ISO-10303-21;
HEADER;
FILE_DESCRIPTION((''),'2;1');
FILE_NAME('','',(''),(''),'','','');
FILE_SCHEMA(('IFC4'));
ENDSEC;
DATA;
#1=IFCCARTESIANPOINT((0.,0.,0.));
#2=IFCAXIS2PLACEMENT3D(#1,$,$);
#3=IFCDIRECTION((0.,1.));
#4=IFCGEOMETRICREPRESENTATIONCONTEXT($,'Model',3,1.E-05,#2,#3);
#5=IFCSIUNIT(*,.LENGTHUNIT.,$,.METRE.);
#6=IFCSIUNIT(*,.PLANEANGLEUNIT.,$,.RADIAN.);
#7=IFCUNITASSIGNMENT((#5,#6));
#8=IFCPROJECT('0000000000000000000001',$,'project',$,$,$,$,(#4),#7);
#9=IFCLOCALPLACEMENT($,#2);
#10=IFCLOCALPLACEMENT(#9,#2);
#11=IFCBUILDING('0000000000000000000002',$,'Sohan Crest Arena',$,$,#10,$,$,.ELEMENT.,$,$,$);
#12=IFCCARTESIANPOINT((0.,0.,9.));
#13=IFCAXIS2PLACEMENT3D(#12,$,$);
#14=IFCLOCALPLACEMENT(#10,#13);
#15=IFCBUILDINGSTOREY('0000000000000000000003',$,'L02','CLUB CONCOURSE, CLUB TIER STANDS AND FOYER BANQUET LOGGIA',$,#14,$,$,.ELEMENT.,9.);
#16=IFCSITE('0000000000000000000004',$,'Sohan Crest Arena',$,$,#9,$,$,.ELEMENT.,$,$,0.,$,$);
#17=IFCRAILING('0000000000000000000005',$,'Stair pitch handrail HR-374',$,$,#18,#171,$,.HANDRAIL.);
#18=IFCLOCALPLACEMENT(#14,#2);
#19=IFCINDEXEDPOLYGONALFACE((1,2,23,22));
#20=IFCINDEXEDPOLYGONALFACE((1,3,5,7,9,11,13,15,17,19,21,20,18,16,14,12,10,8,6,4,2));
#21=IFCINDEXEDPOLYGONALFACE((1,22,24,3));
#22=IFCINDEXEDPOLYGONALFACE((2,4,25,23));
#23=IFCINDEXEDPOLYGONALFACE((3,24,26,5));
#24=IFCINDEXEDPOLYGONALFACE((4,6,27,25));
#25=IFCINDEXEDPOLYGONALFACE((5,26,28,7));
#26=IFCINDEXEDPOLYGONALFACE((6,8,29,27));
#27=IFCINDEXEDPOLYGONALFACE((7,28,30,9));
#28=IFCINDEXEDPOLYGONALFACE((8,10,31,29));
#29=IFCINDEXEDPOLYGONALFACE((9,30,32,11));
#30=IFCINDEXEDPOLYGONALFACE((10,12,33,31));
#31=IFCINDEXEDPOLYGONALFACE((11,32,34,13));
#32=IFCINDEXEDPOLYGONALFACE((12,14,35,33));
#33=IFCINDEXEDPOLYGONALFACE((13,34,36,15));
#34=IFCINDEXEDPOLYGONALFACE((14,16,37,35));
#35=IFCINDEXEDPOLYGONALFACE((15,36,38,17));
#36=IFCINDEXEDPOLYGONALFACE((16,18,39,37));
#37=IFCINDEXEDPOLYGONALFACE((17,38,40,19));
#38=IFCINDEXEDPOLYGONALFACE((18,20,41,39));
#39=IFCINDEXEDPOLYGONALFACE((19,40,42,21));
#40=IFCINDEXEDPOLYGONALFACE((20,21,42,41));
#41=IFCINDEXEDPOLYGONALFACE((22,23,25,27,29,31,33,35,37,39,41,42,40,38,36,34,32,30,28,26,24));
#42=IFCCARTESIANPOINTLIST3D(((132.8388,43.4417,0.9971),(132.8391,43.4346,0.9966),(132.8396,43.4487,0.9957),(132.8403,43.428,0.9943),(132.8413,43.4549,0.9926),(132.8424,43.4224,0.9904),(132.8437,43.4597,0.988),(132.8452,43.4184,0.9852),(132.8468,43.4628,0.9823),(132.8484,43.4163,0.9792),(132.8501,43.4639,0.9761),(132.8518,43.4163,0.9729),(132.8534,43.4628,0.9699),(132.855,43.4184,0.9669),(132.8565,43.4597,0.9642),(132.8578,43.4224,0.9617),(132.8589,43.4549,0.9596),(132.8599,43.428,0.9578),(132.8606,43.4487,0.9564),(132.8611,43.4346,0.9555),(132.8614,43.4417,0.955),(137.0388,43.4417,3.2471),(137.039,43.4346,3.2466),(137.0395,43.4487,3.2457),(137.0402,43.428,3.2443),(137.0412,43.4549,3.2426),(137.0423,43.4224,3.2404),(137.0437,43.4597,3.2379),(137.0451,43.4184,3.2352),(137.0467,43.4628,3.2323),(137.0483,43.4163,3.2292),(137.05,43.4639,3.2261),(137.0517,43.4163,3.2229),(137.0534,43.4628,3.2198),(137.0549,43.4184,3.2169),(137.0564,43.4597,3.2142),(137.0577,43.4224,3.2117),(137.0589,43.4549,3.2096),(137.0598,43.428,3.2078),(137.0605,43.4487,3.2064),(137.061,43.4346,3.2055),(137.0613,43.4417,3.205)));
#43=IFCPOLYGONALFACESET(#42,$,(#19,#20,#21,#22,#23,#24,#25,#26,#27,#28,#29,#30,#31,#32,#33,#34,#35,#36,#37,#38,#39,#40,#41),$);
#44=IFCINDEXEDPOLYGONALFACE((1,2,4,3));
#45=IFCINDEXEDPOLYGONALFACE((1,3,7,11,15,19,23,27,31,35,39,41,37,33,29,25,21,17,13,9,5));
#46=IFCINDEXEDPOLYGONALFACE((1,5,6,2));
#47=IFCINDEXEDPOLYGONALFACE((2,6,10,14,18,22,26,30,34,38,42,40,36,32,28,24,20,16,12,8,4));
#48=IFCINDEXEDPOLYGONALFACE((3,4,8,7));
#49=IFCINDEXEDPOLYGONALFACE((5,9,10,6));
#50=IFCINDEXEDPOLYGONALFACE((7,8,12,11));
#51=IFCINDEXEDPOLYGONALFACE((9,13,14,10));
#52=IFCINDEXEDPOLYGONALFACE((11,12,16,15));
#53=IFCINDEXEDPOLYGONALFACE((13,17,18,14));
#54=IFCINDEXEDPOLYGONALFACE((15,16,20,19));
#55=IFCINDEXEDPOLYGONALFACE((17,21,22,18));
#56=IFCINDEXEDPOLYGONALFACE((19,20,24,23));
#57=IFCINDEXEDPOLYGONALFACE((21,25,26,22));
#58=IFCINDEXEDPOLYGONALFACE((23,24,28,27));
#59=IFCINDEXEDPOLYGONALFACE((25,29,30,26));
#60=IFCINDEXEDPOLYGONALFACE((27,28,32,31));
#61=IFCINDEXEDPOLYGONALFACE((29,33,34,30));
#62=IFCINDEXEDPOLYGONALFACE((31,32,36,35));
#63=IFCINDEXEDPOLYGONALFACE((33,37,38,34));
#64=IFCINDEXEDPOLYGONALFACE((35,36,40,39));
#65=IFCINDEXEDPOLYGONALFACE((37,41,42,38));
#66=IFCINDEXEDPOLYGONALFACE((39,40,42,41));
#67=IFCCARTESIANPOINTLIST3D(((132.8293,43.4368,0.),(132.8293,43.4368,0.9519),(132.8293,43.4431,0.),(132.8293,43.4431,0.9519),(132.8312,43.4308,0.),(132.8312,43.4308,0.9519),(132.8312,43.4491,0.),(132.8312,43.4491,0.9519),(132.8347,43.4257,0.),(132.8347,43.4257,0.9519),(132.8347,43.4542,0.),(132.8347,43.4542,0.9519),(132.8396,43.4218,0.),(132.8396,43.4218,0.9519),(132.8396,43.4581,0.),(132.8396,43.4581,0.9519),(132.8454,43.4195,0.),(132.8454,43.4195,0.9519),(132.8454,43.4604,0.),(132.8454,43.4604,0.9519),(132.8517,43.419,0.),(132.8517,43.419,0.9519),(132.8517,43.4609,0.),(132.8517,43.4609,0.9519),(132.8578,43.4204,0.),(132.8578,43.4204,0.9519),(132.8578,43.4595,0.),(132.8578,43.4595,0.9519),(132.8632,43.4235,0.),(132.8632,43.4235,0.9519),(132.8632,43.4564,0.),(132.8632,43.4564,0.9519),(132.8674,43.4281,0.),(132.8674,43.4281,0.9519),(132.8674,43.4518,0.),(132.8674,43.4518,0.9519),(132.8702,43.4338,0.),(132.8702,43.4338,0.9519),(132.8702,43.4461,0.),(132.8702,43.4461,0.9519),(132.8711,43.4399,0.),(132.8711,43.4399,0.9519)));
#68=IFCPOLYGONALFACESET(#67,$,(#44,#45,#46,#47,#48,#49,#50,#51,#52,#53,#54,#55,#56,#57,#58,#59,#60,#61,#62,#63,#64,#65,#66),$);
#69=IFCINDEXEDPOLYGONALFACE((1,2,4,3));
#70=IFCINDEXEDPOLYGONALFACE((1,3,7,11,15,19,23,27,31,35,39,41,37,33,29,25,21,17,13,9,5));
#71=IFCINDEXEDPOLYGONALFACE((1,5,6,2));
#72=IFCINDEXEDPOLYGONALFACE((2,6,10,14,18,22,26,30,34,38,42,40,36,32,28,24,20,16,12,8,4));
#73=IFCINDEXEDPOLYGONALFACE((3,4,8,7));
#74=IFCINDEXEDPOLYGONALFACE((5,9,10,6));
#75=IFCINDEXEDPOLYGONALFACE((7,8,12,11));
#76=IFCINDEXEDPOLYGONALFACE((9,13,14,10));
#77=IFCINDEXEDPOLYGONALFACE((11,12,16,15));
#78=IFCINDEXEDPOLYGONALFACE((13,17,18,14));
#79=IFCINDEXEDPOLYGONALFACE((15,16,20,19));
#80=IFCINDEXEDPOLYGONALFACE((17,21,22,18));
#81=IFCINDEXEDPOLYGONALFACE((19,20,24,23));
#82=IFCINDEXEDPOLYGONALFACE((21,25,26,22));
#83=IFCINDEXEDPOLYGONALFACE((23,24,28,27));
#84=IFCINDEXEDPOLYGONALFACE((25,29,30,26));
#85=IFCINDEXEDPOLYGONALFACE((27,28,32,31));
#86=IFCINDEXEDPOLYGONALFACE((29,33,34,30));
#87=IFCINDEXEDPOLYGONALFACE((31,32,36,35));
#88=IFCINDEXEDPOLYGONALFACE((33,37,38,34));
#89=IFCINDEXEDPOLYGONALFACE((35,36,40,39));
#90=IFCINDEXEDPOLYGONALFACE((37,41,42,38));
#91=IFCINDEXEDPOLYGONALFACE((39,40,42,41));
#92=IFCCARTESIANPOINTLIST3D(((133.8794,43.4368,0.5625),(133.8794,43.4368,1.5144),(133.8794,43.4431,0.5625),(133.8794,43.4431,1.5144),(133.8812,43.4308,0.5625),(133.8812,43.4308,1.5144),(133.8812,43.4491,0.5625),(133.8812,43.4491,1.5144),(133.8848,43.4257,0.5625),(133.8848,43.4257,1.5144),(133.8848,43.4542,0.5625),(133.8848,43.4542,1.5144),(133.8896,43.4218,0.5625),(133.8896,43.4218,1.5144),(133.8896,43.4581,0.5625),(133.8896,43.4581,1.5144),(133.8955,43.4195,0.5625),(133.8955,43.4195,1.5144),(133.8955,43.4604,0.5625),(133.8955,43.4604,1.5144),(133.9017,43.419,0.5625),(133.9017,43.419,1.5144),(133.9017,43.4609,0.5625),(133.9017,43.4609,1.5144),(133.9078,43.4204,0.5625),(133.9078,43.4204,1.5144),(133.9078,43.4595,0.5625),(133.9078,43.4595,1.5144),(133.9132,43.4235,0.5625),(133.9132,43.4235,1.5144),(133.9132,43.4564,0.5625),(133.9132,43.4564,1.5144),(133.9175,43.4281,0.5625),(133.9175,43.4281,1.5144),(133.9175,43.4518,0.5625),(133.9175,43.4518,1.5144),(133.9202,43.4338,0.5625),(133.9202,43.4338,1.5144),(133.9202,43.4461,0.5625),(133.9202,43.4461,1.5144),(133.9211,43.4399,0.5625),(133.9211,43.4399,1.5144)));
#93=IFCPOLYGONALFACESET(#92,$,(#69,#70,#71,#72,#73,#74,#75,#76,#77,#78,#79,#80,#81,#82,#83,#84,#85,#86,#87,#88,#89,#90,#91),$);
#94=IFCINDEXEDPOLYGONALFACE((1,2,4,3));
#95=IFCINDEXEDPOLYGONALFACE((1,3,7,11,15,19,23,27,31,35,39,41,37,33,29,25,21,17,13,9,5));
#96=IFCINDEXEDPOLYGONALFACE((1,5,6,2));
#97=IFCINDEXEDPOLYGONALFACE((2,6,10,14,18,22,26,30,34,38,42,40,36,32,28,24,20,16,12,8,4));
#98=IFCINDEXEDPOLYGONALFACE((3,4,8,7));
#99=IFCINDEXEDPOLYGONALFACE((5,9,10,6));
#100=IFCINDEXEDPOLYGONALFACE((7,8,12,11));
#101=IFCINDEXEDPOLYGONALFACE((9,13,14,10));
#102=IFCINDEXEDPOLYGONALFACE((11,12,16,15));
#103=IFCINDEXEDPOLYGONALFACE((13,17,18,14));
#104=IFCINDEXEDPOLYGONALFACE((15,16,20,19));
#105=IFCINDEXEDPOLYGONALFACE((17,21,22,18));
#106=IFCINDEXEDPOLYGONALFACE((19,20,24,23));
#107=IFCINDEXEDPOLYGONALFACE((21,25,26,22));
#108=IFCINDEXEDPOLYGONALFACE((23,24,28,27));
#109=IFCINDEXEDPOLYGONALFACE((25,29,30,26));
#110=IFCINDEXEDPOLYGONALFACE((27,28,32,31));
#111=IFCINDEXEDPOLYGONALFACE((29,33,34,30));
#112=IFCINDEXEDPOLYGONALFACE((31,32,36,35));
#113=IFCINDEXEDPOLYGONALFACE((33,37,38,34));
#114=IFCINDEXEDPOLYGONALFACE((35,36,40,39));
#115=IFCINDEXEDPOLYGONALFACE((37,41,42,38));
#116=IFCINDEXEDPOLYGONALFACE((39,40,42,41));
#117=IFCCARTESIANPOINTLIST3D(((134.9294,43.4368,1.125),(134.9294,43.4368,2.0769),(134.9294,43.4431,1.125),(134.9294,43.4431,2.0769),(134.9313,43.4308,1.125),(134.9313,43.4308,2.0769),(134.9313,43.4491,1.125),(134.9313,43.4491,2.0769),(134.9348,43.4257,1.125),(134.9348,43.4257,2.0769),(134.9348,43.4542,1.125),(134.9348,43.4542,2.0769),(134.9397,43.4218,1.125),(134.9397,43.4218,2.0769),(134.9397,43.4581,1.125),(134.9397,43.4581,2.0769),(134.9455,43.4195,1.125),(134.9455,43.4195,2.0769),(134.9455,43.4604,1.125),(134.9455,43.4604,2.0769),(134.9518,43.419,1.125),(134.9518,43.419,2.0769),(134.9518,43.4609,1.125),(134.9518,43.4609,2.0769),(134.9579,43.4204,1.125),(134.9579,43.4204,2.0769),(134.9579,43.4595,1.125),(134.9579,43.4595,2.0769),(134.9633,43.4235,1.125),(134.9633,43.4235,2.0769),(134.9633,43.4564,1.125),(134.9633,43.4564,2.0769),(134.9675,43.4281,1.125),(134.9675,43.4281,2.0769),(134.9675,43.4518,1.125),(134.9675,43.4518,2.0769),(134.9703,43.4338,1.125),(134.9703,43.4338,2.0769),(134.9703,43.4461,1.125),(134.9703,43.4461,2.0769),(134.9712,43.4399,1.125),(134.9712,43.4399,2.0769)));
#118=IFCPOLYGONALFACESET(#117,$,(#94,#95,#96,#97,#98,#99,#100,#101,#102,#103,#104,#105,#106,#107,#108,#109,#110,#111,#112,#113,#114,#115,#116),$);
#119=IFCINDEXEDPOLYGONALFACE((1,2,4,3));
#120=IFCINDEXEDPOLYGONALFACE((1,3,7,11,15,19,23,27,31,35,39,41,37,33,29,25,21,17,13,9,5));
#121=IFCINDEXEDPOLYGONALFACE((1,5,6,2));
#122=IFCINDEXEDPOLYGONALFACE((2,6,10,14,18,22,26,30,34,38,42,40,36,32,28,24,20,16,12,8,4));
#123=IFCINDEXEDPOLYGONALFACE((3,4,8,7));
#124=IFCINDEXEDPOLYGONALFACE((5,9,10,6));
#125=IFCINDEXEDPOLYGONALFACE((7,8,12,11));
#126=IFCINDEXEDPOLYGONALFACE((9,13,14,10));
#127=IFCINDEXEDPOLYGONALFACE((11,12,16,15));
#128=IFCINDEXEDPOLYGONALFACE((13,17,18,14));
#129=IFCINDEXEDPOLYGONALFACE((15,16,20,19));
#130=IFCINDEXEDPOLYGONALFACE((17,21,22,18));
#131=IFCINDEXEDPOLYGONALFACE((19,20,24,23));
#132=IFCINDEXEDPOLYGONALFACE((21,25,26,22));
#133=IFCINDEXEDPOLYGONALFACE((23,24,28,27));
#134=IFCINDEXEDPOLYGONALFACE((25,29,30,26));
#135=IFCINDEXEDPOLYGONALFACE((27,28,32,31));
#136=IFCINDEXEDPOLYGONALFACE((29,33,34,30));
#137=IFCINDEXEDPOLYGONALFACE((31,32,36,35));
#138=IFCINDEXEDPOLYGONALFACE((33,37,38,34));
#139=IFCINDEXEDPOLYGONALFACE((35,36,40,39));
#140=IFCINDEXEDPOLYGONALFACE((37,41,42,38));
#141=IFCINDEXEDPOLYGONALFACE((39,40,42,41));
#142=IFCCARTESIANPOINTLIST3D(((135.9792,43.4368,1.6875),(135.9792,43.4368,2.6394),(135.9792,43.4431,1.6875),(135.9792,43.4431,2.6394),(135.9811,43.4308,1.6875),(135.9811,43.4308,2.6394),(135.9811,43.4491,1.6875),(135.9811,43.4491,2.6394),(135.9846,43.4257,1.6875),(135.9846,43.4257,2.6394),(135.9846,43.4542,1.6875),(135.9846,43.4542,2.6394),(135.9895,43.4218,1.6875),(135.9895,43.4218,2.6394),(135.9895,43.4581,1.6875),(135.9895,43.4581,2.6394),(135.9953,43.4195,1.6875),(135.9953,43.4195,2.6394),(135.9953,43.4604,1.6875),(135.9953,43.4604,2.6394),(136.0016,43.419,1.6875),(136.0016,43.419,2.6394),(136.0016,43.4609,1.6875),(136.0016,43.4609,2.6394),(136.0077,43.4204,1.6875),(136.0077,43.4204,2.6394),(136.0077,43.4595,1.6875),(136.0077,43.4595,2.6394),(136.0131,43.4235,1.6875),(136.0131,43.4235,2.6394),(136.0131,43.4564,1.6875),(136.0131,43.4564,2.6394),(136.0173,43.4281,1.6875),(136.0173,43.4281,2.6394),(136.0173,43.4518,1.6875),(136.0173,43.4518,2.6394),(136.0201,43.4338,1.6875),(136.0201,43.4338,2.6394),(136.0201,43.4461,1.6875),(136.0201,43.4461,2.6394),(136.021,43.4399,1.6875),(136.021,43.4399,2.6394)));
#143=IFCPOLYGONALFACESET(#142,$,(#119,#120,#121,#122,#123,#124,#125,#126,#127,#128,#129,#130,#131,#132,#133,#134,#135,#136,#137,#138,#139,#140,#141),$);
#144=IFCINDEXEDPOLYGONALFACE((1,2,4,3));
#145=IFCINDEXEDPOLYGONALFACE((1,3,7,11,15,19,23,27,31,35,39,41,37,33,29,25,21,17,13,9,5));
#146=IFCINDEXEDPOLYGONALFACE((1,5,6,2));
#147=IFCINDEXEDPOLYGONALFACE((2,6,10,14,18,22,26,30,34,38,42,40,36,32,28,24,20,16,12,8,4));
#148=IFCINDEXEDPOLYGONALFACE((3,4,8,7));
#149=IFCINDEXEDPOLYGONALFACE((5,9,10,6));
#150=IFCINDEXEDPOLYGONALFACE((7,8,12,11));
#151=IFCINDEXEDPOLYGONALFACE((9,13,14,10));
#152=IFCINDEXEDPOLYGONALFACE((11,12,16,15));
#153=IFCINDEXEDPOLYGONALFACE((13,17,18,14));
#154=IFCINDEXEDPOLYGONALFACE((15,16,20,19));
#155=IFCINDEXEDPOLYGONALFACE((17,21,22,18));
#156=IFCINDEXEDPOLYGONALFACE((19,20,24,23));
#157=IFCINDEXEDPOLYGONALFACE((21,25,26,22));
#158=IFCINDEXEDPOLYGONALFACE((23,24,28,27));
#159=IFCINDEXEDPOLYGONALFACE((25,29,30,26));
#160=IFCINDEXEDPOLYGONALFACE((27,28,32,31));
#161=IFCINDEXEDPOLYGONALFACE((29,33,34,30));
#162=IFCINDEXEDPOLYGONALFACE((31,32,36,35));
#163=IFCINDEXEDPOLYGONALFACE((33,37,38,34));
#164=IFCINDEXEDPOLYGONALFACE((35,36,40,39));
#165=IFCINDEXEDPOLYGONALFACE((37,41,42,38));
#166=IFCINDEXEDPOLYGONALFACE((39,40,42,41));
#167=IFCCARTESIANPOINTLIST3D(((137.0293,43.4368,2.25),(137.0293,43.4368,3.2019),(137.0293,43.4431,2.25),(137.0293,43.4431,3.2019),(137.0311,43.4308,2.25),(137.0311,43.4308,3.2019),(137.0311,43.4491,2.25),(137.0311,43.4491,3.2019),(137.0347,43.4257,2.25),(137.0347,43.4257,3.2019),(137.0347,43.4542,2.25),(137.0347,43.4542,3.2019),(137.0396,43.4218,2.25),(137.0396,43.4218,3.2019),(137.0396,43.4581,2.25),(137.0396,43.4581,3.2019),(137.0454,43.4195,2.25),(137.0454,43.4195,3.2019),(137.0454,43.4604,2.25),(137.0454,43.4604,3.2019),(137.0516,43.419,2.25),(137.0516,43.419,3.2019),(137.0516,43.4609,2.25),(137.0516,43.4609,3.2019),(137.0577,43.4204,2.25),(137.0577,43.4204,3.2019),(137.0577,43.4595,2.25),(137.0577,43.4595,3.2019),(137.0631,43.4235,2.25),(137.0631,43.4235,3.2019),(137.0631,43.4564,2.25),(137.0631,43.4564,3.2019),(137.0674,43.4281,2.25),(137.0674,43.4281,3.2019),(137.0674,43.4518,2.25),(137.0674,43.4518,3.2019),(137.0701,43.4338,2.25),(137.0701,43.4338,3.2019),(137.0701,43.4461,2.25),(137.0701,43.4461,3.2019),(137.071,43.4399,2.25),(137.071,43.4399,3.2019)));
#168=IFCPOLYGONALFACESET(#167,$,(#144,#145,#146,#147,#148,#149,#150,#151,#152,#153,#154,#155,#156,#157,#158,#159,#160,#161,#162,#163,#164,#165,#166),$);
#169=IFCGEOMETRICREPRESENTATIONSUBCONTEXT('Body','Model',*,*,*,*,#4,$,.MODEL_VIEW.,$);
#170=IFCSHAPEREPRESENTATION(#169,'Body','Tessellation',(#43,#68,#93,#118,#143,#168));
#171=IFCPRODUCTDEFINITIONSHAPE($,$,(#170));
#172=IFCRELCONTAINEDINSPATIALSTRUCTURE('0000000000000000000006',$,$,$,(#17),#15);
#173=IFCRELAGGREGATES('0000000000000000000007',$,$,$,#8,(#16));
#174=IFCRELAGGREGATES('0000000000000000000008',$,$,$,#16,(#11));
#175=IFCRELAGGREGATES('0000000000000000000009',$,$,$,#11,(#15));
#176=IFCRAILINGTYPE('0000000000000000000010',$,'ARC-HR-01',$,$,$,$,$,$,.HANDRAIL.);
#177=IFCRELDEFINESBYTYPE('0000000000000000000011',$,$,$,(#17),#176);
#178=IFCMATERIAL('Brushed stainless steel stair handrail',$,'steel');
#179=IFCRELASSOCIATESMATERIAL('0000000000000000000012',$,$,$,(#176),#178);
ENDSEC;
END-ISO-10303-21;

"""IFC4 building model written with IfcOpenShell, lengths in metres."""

from ifc_helpers import new_model, si_unit, direction, frame, origin, origin_2d, place, context, subcontext, project, spatial, circle, extrude, material, type_object, element, save


model = new_model("IFC4")

# Units and contexts
model_context = context("Model", 3, precision=1e-05, world=origin(), true_north=direction((0.0, 1.0)))
body_context = subcontext(model_context, "Body", "Model", "MODEL_VIEW")
ifc_project = project(units=[si_unit("LENGTHUNIT", "METRE"), si_unit("PLANEANGLEUNIT", "RADIAN")], contexts=[model_context])

# Site, building, storey
site_placement = place(None, origin())
site = spatial("IfcSite", under=ifc_project, at=site_placement, Name="Sohan Crest Arena", CompositionType="ELEMENT", RefElevation=0.0)
building_placement = place(site_placement, origin())
building = spatial("IfcBuilding", under=site, at=building_placement, Name="Sohan Crest Arena", CompositionType="ELEMENT")
storey_placement = place(building_placement, frame((0.0, 0.0, 9.0)))
storey = spatial("IfcBuildingStorey", under=building, at=storey_placement, Name="L02", Description="CLUB CONCOURSE, CLUB TIER STANDS AND FOYER BANQUET LOGGIA", CompositionType="ELEMENT", Elevation=9.0)

# Railing
ifc_material_1 = material(Name="Brushed stainless steel stair handrail", Category="steel")
railing_type = type_object("IfcRailingType", Name="ARC-HR-01", PredefinedType="HANDRAIL", material=ifc_material_1)
for number, where, name in (
    (1, (132.8501, 43.4399, 0.0), "Stair pitch handrail HR-374"),
):
    element("IfcRailing", number, at=place(storey_placement, frame(where)), inside=storey, type_object=railing_type, Name=name, PredefinedType="HANDRAIL", context=body_context, shape_type="SweptSolid", body=[
        extrude(circle(Radius=0.0239, at=origin_2d()), frame((0.0, 0.0, 0.9761), z_axis=(0.881478, 0.0, 0.472226), x_axis=(0.0, 1.0, 0.0)), (0.0, 0.0, 1.0), 4.7646),
        extrude(circle(Radius=0.021, at=origin_2d()), origin(), (0.0, 0.0, 1.0), 0.9519),
        extrude(circle(Radius=0.021, at=origin_2d()), frame((1.05, 0.0, 0.5625)), (0.0, 0.0, 1.0), 0.9519),
        extrude(circle(Radius=0.021, at=origin_2d()), frame((2.1001, 0.0, 1.125)), (0.0, 0.0, 1.0), 0.9519),
        extrude(circle(Radius=0.021, at=origin_2d()), frame((3.1499, 0.0, 1.6875)), (0.0, 0.0, 1.0), 0.9519),
        extrude(circle(Radius=0.021, at=origin_2d()), frame((4.2, 0.0, 2.25)), (0.0, 0.0, 1.0), 0.9519),
    ])

save(model, "model.ifc")
